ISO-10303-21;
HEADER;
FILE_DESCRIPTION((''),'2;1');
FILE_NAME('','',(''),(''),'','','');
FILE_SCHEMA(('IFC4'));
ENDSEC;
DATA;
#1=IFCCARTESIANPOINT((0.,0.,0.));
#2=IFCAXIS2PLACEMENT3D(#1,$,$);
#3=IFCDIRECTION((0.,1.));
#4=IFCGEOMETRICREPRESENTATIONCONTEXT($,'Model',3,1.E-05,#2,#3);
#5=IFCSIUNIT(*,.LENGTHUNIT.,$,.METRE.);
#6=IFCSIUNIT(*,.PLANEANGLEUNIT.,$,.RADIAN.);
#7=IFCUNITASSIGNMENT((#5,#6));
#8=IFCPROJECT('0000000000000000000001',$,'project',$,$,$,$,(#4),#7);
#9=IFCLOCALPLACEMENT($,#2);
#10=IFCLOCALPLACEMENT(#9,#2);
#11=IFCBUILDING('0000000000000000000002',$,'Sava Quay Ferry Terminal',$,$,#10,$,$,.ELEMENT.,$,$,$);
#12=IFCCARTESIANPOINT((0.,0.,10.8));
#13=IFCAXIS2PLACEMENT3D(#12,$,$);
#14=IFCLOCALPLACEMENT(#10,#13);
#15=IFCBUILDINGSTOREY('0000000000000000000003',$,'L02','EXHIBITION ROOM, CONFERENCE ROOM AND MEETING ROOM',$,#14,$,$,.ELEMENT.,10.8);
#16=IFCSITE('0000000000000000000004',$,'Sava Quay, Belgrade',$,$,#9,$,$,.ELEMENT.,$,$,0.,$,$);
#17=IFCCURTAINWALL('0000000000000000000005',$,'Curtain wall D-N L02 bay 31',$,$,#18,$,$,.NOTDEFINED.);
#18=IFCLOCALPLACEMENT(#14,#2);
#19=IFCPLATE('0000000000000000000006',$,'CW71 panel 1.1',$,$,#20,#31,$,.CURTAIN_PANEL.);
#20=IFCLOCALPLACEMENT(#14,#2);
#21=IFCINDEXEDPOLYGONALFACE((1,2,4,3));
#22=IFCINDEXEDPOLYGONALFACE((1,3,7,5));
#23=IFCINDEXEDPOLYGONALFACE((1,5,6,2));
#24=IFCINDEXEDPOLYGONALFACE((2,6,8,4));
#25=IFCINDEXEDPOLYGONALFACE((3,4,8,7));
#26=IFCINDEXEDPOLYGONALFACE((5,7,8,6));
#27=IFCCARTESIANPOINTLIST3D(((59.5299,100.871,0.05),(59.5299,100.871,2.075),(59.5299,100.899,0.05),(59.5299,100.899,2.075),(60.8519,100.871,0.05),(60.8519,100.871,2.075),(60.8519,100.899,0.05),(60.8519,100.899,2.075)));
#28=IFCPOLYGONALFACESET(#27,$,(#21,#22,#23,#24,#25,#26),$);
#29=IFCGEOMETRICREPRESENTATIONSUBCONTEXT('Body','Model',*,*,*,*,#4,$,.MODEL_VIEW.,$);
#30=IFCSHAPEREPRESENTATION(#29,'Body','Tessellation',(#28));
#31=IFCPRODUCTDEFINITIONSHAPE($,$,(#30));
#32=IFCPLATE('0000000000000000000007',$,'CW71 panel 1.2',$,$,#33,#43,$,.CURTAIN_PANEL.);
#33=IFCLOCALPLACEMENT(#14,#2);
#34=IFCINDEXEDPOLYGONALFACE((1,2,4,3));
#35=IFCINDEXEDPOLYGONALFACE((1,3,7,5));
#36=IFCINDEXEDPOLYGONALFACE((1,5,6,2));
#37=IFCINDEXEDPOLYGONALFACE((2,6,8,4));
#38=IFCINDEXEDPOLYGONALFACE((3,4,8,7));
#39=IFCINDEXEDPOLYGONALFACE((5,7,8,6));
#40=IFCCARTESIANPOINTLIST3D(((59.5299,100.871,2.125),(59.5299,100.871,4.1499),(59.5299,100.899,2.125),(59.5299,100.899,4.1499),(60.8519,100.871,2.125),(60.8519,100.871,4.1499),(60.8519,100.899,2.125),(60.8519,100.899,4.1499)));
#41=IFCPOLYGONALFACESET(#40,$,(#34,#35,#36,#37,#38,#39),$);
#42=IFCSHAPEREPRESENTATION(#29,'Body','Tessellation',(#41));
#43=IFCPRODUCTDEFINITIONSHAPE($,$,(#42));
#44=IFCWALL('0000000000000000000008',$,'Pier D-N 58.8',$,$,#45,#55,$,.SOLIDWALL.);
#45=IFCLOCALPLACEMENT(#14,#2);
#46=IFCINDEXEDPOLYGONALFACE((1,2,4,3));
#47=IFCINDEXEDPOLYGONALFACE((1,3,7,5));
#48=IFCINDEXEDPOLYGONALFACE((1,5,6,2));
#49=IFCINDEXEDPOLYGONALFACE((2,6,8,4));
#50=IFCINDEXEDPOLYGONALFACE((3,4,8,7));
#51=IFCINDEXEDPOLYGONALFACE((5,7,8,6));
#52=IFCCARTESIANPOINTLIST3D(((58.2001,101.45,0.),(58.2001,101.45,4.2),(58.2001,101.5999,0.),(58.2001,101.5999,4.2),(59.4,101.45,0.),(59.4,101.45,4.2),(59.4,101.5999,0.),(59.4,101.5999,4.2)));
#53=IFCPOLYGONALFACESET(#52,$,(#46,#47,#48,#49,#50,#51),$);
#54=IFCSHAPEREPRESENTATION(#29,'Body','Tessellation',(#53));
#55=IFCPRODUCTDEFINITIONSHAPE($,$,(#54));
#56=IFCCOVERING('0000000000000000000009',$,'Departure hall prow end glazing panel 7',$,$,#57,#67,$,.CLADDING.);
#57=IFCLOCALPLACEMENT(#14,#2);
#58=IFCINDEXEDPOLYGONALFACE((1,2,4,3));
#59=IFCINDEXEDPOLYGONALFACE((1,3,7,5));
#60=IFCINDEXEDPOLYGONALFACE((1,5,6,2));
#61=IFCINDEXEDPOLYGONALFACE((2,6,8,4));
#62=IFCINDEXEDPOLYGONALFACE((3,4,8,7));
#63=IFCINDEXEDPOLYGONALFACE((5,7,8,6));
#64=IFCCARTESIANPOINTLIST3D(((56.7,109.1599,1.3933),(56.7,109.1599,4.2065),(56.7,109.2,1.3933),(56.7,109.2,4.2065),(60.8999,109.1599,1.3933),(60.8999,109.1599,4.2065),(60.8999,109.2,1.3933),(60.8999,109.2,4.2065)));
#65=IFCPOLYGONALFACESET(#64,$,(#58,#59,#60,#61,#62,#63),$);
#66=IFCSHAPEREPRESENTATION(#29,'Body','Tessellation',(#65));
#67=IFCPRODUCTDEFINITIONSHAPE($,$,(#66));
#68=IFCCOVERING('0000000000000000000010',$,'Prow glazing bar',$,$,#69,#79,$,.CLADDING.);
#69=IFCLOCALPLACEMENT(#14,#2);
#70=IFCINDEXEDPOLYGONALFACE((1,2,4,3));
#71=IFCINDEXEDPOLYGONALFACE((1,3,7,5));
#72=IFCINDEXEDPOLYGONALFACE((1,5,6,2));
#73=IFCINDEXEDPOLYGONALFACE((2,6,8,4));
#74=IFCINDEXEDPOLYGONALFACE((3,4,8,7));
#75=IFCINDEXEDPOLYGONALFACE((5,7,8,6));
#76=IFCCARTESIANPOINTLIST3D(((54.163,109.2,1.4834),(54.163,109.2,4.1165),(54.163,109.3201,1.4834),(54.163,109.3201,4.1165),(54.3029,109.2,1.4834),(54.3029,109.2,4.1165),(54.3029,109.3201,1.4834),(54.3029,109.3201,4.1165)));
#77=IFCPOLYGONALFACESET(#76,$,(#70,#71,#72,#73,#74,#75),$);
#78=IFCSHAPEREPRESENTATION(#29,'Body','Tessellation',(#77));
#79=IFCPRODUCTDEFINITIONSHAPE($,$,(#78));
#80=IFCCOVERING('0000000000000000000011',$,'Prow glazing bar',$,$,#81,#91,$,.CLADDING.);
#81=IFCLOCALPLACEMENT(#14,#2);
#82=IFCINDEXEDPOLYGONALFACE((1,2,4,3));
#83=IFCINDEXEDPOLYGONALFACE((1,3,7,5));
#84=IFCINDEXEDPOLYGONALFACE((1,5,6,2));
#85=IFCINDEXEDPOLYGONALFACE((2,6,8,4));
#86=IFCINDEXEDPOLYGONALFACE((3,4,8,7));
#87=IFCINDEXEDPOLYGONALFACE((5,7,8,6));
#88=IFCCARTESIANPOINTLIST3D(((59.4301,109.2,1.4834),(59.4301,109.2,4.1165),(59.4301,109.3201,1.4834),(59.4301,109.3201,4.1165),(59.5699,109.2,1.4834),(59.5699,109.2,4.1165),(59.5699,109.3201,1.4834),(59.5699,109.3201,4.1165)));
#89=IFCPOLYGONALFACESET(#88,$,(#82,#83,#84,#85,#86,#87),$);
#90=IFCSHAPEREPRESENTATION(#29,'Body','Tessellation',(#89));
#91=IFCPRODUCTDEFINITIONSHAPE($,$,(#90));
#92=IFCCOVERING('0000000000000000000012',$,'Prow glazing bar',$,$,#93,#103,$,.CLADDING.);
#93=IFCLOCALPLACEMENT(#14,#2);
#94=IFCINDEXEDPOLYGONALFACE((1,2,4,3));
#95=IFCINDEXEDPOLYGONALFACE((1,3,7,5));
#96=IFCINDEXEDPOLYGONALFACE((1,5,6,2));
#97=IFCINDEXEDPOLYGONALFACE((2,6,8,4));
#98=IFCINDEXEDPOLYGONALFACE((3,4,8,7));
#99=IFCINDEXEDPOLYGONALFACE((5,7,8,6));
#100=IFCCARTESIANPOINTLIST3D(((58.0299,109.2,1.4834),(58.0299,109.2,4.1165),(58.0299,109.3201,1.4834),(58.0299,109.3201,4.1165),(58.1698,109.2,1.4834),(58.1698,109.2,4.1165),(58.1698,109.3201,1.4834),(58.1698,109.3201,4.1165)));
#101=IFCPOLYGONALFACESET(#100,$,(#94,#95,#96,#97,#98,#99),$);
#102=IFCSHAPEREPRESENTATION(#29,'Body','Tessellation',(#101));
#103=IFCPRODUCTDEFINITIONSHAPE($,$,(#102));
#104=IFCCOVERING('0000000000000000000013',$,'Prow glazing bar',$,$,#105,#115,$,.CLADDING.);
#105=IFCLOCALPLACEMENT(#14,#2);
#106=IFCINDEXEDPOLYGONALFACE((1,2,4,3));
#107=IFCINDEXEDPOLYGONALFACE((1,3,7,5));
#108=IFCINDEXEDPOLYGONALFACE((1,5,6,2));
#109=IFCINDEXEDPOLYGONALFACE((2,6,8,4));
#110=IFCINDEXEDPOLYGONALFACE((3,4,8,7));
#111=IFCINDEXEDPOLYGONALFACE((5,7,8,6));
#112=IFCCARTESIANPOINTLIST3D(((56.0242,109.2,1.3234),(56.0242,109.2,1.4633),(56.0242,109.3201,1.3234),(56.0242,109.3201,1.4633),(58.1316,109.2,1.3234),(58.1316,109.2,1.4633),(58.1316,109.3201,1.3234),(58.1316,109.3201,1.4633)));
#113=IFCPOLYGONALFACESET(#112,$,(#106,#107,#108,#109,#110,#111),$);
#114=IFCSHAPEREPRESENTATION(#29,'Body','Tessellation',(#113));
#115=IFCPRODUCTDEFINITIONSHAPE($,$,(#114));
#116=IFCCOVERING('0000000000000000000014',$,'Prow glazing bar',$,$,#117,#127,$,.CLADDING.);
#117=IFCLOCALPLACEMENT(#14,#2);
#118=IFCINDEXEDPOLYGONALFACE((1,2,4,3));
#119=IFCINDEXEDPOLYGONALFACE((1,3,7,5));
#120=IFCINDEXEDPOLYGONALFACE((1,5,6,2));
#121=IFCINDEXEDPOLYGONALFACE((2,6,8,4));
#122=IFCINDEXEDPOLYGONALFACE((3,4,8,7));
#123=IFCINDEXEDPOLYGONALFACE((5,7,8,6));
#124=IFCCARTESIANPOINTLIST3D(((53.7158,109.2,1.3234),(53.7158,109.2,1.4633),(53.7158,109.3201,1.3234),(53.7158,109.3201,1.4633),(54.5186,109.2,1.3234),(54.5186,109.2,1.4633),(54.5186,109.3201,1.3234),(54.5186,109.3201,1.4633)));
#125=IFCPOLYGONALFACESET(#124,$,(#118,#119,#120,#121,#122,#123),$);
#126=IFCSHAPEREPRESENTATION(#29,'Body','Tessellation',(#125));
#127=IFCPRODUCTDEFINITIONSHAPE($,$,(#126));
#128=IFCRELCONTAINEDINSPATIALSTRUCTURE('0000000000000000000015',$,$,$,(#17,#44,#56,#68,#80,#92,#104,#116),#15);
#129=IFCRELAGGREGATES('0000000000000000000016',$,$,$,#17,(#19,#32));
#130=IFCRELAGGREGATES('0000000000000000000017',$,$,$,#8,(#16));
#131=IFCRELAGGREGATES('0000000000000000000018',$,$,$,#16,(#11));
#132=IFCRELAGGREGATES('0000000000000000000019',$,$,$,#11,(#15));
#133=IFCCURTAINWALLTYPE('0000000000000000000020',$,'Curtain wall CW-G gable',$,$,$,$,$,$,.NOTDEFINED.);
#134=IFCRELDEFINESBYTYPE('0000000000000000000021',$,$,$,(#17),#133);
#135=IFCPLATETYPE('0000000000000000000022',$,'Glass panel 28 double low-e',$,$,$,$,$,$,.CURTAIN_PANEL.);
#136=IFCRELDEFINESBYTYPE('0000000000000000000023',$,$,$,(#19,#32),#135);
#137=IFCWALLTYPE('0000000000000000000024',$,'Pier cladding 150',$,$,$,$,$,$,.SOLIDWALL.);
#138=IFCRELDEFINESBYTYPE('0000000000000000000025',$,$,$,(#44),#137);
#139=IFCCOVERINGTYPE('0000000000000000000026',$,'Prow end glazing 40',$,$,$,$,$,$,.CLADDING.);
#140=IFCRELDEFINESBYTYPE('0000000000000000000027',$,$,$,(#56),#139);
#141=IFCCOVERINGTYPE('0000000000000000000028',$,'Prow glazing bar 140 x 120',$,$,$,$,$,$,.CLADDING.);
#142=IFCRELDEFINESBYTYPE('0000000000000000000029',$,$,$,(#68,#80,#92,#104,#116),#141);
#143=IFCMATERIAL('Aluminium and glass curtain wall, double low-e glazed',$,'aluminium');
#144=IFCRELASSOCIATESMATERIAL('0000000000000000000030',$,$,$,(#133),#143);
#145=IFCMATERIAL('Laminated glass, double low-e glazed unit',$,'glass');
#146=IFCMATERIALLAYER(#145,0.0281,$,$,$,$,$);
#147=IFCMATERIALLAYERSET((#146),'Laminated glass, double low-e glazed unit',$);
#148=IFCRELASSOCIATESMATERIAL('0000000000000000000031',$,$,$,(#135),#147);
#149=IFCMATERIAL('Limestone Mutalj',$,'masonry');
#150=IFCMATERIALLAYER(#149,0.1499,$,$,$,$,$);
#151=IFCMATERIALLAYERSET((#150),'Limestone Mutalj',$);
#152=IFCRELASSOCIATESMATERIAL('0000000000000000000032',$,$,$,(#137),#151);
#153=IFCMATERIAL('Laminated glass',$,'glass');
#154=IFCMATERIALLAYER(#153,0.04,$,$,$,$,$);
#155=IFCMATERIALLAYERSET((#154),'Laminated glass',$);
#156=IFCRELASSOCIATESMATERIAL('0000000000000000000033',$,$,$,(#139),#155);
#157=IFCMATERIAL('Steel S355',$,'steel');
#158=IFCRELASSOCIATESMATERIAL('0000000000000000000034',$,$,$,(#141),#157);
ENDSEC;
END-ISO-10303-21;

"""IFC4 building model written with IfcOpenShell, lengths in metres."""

from ifc_helpers import new_model, si_unit, direction, frame, frame_2d, origin, origin_2d, place, context, subcontext, project, spatial, polyline, rectangle, outline, extrude, material, layer, layer_set, material_profile, profile_set, type_object, element, aggregate, save


model = new_model("IFC4")

# Units and contexts
model_context = context("Model", 3, precision=1e-05, world=origin(), true_north=direction((0.0, 1.0)))
body_context = subcontext(model_context, "Body", "Model", "MODEL_VIEW")
ifc_project = project(units=[si_unit("LENGTHUNIT", "METRE"), si_unit("PLANEANGLEUNIT", "RADIAN")], contexts=[model_context])

# Site, building, storey
site_placement = place(None, origin())
site = spatial("IfcSite", under=ifc_project, at=site_placement, Name="Sava Quay, Belgrade", CompositionType="ELEMENT", RefElevation=0.0)
building_placement = place(site_placement, origin())
building = spatial("IfcBuilding", under=site, at=building_placement, Name="Sava Quay Ferry Terminal", CompositionType="ELEMENT")
storey_placement = place(building_placement, frame((0.0, 0.0, 10.8)))
storey = spatial("IfcBuildingStorey", under=building, at=storey_placement, Name="L02", Description="EXHIBITION ROOM, CONFERENCE ROOM AND MEETING ROOM", CompositionType="ELEMENT", Elevation=10.8)

# Shared definitions
ifc_material_1 = material(Name="Aluminium and glass curtain wall, double low-e glazed", Category="aluminium")
curtain_wall_type = type_object("IfcCurtainWallType", Name="Curtain wall CW-G gable", PredefinedType="NOTDEFINED", material=ifc_material_1)

# Curtain wall
curtain_wall_1_placement = place(storey_placement, origin())
curtain_wall_1 = element("IfcCurtainWall", 1, at=curtain_wall_1_placement, inside=storey, type_object=curtain_wall_type, Name="Curtain wall D-N L02 bay 31", PredefinedType="NOTDEFINED")

# Plates
ifc_material_2 = material(Name="Laminated glass, double low-e glazed unit", Category="glass")
ifc_layer_1 = layer(ifc_material_2, 0.0281)
ifc_layer_set_1 = layer_set([ifc_layer_1], Name="Laminated glass, double low-e glazed unit")
plate_type = type_object("IfcPlateType", Name="Glass panel 28 double low-e", PredefinedType="CURTAIN_PANEL", material=ifc_layer_set_1)
plate_1_placement = place(storey_placement, frame((60.1909, 100.885, 0.05), z_axis=(0.0, 0.0, 1.0), x_axis=(1.0, 0.0, 0.0)))
plate_1 = element("IfcPlate", 2, at=plate_1_placement, type_object=plate_type, Name="CW71 panel 1.1", PredefinedType="CURTAIN_PANEL", context=body_context, shape_type="SweptSolid", body=[
    extrude(rectangle(XDim=1.322, YDim=0.0281, at=origin_2d()), origin(), (0.0, 0.0, 1.0), 2.0249),
])
plate_2_placement = place(storey_placement, frame((60.1909, 100.885, 2.125), z_axis=(0.0, 0.0, 1.0), x_axis=(1.0, 0.0, 0.0)))
plate_2 = element("IfcPlate", 3, at=plate_2_placement, type_object=plate_type, Name="CW71 panel 1.2", PredefinedType="CURTAIN_PANEL", context=body_context, shape_type="SweptSolid", body=[
    extrude(rectangle(XDim=1.322, YDim=0.0281, at=origin_2d()), origin(), (0.0, 0.0, 1.0), 2.0249),
])
aggregate(curtain_wall_1, [plate_1, plate_2])

# Wall
ifc_material_3 = material(Name="Limestone Mutalj", Category="masonry")
ifc_layer_2 = layer(ifc_material_3, 0.1499)
ifc_layer_set_2 = layer_set([ifc_layer_2], Name="Limestone Mutalj")
wall_type = type_object("IfcWallType", Name="Pier cladding 150", PredefinedType="SOLIDWALL", material=ifc_layer_set_2)
wall_placement = place(storey_placement, frame((58.2, 101.5249, 0.0), z_axis=(0.0, 0.0, 1.0), x_axis=(1.0, 0.0, 0.0)))
element("IfcWall", 4, at=wall_placement, inside=storey, type_object=wall_type, Name="Pier D-N 58.8", PredefinedType="SOLIDWALL", context=body_context, shape_type="SweptSolid", body=[
    extrude(rectangle(XDim=1.2, YDim=0.1499, at=frame_2d((0.6001, 0.0))), origin(), (0.0, 0.0, 1.0), 4.2),
])

# Coverings
ifc_material_4 = material(Name="Laminated glass", Category="glass")
ifc_layer_3 = layer(ifc_material_4, 0.04)
ifc_layer_set_3 = layer_set([ifc_layer_3], Name="Laminated glass")
covering_type_1 = type_object("IfcCoveringType", Name="Prow end glazing 40", PredefinedType="CLADDING", material=ifc_layer_set_3)
covering_1_placement = place(storey_placement, frame((56.7, 109.2, 1.3933), z_axis=(0.0, 1.0, 0.0), x_axis=(0.0, 0.0, 1.0)))
element("IfcCovering", 5, at=covering_1_placement, inside=storey, type_object=covering_type_1, Name="Departure hall prow end glazing panel 7", PredefinedType="CLADDING", context=body_context, shape_type="SweptSolid", body=[
    extrude(outline(polyline([(0.0, 0.0), (2.8132, 0.0), (2.8132, 4.2), (0.0, 4.2), (0.0, 0.0)])), origin(), (0.0, 0.0, -1.0), 0.04),
])
ifc_material_5 = material(Name="Steel S355", Category="steel")
ifc_material_profile_1 = material_profile(ifc_material_5, rectangle(XDim=0.1399, YDim=0.1201, at=origin_2d()), Name="Strip 140 x 120")
ifc_profile_set_1 = profile_set([ifc_material_profile_1], Name="Steel S355")
covering_type_2 = type_object("IfcCoveringType", Name="Prow glazing bar 140 x 120", PredefinedType="CLADDING", material=ifc_profile_set_1)
for number, where, z_axis, x_axis, name in (
    (6, (54.2329, 109.26, 1.4834), (0.0, 0.0, 1.0), (1.0, 0.0, 0.0), "Prow glazing bar"),
    (7, (59.5, 109.26, 1.4834), (0.0, 0.0, 1.0), (1.0, 0.0, 0.0), "Prow glazing bar"),
    (8, (58.0999, 109.26, 1.4834), (0.0, 0.0, 1.0), (1.0, 0.0, 0.0), "Prow glazing bar"),
):
    element("IfcCovering", number, at=place(storey_placement, frame(where, z_axis=z_axis, x_axis=x_axis)), inside=storey, type_object=covering_type_2, Name=name, PredefinedType="CLADDING", context=body_context, shape_type="SweptSolid", body=[
        extrude(rectangle(XDim=0.1399, YDim=0.1201, at=origin_2d()), origin(), (0.0, 0.0, 1.0), 2.6331),
    ])
covering_2_placement = place(storey_placement, frame((58.1316, 109.26, 1.3933), z_axis=(-1.0, 0.0, 0.0), x_axis=(0.0, 0.0, 1.0)))
element("IfcCovering", 9, at=covering_2_placement, inside=storey, type_object=covering_type_2, Name="Prow glazing bar", PredefinedType="CLADDING", context=body_context, shape_type="SweptSolid", body=[
    extrude(rectangle(XDim=0.1399, YDim=0.1201, at=origin_2d()), origin(), (0.0, 0.0, 1.0), 2.1074),
])
covering_3_placement = place(storey_placement, frame((54.5186, 109.26, 1.3933), z_axis=(-1.0, 0.0, 0.0), x_axis=(0.0, 0.0, 1.0)))
element("IfcCovering", 10, at=covering_3_placement, inside=storey, type_object=covering_type_2, Name="Prow glazing bar", PredefinedType="CLADDING", context=body_context, shape_type="SweptSolid", body=[
    extrude(rectangle(XDim=0.1399, YDim=0.1201, at=origin_2d()), origin(), (0.0, 0.0, 1.0), 0.8027),
])

save(model, "model.ifc")
